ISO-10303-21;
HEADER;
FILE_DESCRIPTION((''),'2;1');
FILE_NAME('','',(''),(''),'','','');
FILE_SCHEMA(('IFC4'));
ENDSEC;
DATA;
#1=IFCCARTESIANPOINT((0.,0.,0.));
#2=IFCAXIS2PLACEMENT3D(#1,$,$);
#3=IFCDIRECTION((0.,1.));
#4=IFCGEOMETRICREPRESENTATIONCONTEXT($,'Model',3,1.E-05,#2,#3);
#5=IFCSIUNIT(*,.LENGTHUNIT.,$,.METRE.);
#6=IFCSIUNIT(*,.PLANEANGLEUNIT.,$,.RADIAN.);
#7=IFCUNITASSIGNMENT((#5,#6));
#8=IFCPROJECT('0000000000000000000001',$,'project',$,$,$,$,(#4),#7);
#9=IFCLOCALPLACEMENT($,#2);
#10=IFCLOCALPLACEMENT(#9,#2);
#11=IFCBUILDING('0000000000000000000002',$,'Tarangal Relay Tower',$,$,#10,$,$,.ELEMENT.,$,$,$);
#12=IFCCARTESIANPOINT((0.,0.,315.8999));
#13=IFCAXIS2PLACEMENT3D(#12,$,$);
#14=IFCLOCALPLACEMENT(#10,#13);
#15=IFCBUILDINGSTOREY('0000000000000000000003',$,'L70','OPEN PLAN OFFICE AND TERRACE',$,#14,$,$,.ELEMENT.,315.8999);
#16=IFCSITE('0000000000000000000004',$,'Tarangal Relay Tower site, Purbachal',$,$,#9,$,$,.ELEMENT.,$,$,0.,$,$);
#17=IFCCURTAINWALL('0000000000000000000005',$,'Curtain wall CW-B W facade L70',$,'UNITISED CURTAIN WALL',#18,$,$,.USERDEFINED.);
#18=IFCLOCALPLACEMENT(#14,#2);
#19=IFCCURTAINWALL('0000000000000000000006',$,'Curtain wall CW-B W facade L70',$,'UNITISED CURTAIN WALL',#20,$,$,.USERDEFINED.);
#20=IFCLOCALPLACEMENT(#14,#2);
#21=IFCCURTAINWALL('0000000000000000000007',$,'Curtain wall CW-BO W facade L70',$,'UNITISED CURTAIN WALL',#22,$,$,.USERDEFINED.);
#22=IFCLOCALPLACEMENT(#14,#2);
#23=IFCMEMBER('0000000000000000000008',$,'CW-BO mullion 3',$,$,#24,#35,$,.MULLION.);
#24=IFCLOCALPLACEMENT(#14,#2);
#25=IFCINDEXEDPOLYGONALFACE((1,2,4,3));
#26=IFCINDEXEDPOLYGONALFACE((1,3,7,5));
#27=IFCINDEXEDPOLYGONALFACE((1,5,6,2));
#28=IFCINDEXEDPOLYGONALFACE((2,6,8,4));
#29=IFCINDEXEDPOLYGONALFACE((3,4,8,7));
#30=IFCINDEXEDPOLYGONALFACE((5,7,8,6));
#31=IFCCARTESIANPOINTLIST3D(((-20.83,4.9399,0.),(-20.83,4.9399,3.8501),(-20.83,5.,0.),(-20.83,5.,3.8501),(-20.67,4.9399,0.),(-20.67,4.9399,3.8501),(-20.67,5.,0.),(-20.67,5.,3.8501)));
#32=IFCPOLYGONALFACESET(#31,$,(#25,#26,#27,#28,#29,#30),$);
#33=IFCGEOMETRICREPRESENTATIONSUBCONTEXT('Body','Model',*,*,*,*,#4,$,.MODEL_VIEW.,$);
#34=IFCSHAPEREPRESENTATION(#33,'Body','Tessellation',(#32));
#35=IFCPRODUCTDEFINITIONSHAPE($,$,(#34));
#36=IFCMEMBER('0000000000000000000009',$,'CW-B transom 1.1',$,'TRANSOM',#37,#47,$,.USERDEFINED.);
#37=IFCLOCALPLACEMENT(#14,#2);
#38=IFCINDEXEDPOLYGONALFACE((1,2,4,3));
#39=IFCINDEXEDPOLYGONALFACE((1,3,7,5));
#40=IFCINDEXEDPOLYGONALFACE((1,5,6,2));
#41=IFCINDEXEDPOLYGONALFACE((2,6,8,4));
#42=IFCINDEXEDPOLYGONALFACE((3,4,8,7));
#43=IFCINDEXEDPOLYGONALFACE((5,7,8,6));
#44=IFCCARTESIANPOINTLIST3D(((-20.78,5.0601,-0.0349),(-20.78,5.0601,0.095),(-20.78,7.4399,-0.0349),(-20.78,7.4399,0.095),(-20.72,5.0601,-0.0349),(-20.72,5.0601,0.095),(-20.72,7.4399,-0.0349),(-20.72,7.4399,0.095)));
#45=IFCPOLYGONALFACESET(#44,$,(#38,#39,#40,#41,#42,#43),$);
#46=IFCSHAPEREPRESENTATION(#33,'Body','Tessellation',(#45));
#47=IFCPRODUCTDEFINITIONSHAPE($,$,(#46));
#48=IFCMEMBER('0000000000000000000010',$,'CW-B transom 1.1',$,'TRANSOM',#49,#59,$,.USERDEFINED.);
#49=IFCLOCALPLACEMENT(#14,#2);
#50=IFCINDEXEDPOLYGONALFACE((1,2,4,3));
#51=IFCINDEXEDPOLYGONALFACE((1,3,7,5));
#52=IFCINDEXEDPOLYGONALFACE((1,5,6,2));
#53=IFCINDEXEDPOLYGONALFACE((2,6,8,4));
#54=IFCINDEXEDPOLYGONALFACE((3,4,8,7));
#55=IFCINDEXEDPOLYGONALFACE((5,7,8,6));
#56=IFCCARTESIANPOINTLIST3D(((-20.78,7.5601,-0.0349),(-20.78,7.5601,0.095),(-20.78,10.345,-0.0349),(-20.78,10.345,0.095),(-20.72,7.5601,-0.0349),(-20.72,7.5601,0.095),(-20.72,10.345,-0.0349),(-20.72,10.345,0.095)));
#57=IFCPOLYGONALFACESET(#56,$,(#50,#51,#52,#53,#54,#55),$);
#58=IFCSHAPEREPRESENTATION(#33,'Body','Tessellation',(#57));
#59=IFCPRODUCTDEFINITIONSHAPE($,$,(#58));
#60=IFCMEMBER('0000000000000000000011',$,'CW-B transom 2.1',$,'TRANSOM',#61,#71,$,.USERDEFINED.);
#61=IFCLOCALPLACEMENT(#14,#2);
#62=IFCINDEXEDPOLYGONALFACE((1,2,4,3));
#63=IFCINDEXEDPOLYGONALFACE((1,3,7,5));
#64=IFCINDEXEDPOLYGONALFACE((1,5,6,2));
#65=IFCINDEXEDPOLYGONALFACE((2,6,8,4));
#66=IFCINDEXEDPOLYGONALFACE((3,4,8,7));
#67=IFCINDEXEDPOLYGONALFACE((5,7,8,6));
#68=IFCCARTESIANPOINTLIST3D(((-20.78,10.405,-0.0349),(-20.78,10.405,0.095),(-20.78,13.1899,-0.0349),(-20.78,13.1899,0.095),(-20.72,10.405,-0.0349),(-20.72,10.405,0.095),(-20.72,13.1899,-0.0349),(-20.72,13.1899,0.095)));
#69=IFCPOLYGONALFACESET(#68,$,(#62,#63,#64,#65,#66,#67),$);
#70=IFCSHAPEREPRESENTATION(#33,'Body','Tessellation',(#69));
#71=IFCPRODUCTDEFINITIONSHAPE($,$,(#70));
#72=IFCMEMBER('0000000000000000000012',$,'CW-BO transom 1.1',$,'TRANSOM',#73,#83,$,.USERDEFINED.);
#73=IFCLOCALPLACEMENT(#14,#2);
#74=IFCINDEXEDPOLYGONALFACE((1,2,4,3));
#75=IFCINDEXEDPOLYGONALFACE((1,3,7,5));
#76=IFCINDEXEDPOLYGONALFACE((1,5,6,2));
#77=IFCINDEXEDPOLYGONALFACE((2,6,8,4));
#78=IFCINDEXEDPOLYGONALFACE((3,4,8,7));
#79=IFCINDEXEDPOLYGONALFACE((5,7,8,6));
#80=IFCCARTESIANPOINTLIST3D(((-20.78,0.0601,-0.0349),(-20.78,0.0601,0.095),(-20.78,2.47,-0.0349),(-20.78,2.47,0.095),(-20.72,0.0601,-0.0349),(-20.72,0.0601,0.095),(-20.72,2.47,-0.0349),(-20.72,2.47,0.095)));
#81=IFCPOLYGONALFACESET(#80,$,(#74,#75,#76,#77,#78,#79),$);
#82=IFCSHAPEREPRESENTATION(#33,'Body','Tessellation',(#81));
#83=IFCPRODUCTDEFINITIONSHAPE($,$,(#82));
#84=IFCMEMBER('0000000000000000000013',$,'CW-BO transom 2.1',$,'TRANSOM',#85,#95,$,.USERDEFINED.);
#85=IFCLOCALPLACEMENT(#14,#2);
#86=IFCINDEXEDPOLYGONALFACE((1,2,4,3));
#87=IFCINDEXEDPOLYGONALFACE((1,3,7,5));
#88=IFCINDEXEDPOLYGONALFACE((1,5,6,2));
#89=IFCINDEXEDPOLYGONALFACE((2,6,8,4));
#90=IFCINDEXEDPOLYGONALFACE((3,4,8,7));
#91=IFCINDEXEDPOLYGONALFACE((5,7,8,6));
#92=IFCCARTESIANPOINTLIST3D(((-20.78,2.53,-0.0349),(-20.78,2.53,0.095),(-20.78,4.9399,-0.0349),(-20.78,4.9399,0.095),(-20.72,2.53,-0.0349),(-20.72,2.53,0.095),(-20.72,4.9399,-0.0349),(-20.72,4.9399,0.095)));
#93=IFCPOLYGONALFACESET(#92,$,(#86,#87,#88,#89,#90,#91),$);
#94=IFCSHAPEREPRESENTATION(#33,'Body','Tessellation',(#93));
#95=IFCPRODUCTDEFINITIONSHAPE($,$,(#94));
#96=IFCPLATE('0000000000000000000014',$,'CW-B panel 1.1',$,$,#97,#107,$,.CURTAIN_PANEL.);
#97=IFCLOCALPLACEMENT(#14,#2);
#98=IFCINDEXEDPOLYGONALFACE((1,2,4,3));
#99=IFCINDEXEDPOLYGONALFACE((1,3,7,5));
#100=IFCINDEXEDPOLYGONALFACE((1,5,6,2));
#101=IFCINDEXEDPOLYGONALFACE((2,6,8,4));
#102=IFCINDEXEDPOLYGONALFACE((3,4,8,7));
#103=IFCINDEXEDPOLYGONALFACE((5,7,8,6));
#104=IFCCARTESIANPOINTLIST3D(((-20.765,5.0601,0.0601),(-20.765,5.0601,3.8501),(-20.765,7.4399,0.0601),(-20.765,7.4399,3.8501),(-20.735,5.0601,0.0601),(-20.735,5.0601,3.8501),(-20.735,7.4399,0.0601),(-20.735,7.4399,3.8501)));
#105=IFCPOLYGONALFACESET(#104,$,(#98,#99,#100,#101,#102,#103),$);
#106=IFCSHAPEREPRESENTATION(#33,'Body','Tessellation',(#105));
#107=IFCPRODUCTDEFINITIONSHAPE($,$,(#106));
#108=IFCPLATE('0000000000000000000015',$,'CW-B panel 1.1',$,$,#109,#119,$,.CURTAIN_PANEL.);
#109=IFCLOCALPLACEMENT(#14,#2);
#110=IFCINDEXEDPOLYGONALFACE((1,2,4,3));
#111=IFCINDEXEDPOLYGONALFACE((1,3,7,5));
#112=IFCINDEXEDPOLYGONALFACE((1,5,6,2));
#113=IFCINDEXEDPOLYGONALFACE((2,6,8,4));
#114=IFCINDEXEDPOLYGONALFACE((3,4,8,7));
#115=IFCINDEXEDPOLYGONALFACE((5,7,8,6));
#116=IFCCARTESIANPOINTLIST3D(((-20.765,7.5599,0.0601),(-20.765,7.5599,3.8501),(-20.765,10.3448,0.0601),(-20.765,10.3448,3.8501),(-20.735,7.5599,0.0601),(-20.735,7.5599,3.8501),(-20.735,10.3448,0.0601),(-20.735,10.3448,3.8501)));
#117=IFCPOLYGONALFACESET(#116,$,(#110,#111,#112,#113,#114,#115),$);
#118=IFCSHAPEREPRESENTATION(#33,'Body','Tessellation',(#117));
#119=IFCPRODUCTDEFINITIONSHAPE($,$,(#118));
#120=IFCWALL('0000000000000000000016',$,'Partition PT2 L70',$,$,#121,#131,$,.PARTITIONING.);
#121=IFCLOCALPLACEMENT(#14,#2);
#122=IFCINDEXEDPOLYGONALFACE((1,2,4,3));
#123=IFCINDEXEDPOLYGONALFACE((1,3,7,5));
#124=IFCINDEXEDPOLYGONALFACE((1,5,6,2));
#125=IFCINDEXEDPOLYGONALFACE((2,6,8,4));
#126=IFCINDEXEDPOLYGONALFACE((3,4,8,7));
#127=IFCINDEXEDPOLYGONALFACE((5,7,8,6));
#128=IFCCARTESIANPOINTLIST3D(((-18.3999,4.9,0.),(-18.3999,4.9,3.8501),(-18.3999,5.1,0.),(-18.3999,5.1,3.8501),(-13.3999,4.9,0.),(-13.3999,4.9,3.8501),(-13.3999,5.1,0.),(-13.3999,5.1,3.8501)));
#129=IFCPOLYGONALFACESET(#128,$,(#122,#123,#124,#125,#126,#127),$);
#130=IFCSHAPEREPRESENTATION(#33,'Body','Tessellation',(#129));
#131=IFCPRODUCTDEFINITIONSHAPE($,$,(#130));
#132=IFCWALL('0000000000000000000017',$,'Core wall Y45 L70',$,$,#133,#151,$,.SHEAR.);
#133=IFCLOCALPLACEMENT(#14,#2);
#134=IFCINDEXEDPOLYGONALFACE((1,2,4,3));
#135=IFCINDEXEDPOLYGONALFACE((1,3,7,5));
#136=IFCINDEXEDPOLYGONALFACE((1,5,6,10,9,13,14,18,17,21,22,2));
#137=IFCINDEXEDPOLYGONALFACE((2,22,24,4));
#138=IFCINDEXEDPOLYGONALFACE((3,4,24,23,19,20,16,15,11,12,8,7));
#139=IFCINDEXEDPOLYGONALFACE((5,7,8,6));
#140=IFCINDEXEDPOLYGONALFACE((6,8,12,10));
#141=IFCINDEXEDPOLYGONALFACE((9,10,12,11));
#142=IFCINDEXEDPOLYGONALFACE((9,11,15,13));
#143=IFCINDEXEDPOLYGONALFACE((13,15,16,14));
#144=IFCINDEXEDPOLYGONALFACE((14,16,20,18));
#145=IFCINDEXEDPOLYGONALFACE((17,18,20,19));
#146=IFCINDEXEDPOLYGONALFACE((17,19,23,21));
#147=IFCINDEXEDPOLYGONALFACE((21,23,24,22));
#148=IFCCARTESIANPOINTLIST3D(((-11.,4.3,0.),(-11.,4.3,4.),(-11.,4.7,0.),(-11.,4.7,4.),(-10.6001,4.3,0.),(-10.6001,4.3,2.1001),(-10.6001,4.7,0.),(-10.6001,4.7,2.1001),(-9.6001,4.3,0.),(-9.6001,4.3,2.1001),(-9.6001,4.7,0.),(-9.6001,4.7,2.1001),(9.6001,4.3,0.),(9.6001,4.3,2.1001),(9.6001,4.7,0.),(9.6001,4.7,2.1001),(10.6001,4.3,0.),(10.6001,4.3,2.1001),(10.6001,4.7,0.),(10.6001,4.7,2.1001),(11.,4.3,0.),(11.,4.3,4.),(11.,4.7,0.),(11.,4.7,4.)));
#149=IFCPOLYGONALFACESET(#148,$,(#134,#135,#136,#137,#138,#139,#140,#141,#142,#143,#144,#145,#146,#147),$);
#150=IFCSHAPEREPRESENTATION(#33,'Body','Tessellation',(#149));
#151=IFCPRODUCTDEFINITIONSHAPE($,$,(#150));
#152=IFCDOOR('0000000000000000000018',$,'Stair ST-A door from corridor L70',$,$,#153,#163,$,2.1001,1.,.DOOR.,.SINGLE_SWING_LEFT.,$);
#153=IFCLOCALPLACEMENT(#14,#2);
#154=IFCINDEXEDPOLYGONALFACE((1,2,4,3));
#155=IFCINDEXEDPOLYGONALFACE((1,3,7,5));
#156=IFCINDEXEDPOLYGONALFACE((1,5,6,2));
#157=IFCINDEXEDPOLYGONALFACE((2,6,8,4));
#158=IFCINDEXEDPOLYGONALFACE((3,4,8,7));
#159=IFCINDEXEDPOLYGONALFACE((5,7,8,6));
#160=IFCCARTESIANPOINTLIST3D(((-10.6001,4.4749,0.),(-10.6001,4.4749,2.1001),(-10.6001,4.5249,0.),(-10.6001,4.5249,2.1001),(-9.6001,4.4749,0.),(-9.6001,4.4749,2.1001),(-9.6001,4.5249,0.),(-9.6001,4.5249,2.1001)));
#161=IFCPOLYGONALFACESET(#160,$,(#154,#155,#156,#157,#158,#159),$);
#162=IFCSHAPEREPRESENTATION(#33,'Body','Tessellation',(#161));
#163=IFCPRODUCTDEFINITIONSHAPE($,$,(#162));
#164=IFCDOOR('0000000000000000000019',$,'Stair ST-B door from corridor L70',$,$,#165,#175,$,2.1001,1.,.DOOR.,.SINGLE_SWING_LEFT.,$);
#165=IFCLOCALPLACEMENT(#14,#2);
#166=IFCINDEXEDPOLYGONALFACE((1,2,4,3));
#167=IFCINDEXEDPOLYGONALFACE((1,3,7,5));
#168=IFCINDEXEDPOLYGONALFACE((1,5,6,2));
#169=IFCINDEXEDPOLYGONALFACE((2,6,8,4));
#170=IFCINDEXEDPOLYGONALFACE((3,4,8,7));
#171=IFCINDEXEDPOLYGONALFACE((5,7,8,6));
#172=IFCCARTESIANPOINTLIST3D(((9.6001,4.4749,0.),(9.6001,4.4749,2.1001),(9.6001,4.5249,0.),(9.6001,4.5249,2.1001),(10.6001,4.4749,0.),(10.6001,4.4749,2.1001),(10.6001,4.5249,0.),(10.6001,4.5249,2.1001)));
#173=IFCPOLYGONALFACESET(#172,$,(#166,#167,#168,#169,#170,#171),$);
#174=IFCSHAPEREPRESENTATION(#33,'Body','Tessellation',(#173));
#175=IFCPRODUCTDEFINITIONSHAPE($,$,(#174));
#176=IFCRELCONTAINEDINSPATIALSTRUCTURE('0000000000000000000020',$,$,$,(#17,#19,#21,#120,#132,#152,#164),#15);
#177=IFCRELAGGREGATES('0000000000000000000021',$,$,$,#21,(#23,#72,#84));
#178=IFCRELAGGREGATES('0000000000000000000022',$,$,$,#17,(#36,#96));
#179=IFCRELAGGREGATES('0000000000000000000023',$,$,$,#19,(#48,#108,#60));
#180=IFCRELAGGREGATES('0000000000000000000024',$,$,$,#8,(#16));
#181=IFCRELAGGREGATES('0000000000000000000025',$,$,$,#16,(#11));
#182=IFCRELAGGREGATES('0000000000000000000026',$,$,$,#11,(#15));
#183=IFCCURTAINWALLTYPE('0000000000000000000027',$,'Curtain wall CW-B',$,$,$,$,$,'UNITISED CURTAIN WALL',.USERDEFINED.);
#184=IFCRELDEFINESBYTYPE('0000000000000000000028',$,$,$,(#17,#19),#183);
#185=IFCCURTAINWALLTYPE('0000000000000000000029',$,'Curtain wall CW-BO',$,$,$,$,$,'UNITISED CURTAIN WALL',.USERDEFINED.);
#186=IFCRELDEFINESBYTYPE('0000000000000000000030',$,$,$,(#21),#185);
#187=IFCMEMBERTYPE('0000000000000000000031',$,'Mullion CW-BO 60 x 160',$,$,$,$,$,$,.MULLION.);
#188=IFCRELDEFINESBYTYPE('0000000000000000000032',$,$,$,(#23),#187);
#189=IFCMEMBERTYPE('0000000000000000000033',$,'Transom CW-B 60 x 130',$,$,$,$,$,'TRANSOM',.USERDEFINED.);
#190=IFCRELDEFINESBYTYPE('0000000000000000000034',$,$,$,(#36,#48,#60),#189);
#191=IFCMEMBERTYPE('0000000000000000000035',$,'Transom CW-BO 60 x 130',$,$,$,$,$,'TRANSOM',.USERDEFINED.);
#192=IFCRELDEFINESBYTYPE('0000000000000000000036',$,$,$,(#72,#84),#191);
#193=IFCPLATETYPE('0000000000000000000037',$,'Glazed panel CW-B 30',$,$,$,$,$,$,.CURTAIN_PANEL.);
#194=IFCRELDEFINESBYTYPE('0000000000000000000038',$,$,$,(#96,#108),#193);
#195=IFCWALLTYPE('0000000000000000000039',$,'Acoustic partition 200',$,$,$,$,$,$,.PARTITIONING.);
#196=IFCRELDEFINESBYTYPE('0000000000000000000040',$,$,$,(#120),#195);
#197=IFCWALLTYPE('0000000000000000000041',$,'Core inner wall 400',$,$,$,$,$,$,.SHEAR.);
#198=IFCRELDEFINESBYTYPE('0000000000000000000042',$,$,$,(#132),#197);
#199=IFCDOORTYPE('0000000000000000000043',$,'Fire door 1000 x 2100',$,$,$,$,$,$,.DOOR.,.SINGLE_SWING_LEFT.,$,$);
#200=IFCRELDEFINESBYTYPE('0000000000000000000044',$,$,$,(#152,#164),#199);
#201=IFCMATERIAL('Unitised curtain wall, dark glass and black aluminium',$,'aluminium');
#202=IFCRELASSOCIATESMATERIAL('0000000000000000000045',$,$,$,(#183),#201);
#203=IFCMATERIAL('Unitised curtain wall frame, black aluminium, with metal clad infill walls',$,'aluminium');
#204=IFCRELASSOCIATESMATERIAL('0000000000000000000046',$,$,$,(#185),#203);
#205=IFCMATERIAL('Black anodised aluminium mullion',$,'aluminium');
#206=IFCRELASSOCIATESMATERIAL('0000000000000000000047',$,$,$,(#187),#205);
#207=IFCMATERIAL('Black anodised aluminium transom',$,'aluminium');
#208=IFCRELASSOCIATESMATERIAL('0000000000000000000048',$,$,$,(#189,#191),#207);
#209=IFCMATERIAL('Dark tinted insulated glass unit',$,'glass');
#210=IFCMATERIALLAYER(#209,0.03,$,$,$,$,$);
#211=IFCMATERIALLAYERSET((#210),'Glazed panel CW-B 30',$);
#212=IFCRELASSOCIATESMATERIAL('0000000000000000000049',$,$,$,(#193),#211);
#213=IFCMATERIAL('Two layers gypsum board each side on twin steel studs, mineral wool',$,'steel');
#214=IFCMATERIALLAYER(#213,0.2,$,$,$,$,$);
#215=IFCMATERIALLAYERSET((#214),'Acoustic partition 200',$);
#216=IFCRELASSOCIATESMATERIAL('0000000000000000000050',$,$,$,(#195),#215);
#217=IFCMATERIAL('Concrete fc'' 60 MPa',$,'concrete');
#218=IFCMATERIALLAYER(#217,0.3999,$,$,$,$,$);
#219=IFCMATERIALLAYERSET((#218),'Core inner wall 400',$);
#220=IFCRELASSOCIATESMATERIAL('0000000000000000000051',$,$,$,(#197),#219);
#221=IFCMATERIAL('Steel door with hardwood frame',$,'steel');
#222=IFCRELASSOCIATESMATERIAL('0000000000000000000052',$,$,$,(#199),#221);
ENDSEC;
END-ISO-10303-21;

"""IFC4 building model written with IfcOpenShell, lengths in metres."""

from ifc_helpers import new_model, si_unit, direction, frame, frame_2d, origin, origin_2d, place, context, subcontext, project, spatial, rectangle, extrude, material, layer, layer_set, material_profile, profile_set, type_object, element, fill, aggregate, save


model = new_model("IFC4")

# Units and contexts
model_context = context("Model", 3, precision=1e-05, world=origin(), true_north=direction((0.0, 1.0)))
body_context = subcontext(model_context, "Body", "Model", "MODEL_VIEW")
ifc_project = project(units=[si_unit("LENGTHUNIT", "METRE"), si_unit("PLANEANGLEUNIT", "RADIAN")], contexts=[model_context])

# Site, building, storey
site_placement = place(None, origin())
site = spatial("IfcSite", under=ifc_project, at=site_placement, Name="Tarangal Relay Tower site, Purbachal", CompositionType="ELEMENT", RefElevation=0.0)
building_placement = place(site_placement, origin())
building = spatial("IfcBuilding", under=site, at=building_placement, Name="Tarangal Relay Tower", CompositionType="ELEMENT")
storey_placement = place(building_placement, frame((0.0, 0.0, 315.8999)))
storey = spatial("IfcBuildingStorey", under=building, at=storey_placement, Name="L70", Description="OPEN PLAN OFFICE AND TERRACE", CompositionType="ELEMENT", Elevation=315.8999)

# Curtain walls, member
ifc_material_1 = material(Name="Unitised curtain wall, dark glass and black aluminium", Category="aluminium")
curtain_wall_type_1 = type_object("IfcCurtainWallType", Name="Curtain wall CW-B", ElementType="UNITISED CURTAIN WALL", PredefinedType="USERDEFINED", material=ifc_material_1)
curtain_wall_1_placement = place(storey_placement, origin())
curtain_wall_1 = element("IfcCurtainWall", 1, at=curtain_wall_1_placement, inside=storey, type_object=curtain_wall_type_1, Name="Curtain wall CW-B W facade L70", ObjectType="UNITISED CURTAIN WALL", PredefinedType="USERDEFINED")
ifc_material_2 = material(Name="Black anodised aluminium mullion", Category="aluminium")
curtain_wall_2_placement = place(storey_placement, origin())
curtain_wall_2 = element("IfcCurtainWall", 2, at=curtain_wall_2_placement, inside=storey, type_object=curtain_wall_type_1, Name="Curtain wall CW-B W facade L70", ObjectType="UNITISED CURTAIN WALL", PredefinedType="USERDEFINED")
ifc_material_3 = material(Name="Unitised curtain wall frame, black aluminium, with metal clad infill walls", Category="aluminium")
curtain_wall_type_2 = type_object("IfcCurtainWallType", Name="Curtain wall CW-BO", ElementType="UNITISED CURTAIN WALL", PredefinedType="USERDEFINED", material=ifc_material_3)
curtain_wall_3_placement = place(storey_placement, origin())
curtain_wall_3 = element("IfcCurtainWall", 3, at=curtain_wall_3_placement, inside=storey, type_object=curtain_wall_type_2, Name="Curtain wall CW-BO W facade L70", ObjectType="UNITISED CURTAIN WALL", PredefinedType="USERDEFINED")
ifc_material_profile_1 = material_profile(ifc_material_2, rectangle(XDim=0.1599, YDim=0.0601, at=origin_2d()), Name="CW-BOM 60X160")
ifc_profile_set_1 = profile_set([ifc_material_profile_1], Name="Black anodised aluminium mullion")
member_type_1 = type_object("IfcMemberType", Name="Mullion CW-BO 60 x 160", PredefinedType="MULLION", material=ifc_profile_set_1)
member_1_placement = place(storey_placement, frame((-20.75, 4.97, 0.0), z_axis=(0.0, 0.0, 1.0), x_axis=(-1.0, 0.0, 0.0)))
member_1 = element("IfcMember", 4, at=member_1_placement, type_object=member_type_1, Name="CW-BO mullion 3", PredefinedType="MULLION", context=body_context, shape_type="SweptSolid", body=[
    extrude(rectangle(XDim=0.1599, YDim=0.0601, at=origin_2d()), origin(), (0.0, 0.0, 1.0), 3.8501),
])

# Members
ifc_material_4 = material(Name="Black anodised aluminium transom", Category="aluminium")
ifc_material_profile_2 = material_profile(ifc_material_4, rectangle(XDim=0.0601, YDim=0.1299, at=origin_2d()), Name="CW-BT 60X130")
ifc_profile_set_2 = profile_set([ifc_material_profile_2], Name="Black anodised aluminium transom")
member_type_2 = type_object("IfcMemberType", Name="Transom CW-B 60 x 130", ElementType="TRANSOM", PredefinedType="USERDEFINED", material=ifc_profile_set_2)
member_2_placement = place(storey_placement, frame((-20.75, 5.0601, 0.03), z_axis=(0.0, 1.0, 0.0), x_axis=(-1.0, 0.0, 0.0)))
member_2 = element("IfcMember", 5, at=member_2_placement, type_object=member_type_2, Name="CW-B transom 1.1", ObjectType="TRANSOM", PredefinedType="USERDEFINED", context=body_context, shape_type="SweptSolid", body=[
    extrude(rectangle(XDim=0.0601, YDim=0.1299, at=origin_2d()), origin(), (0.0, 0.0, 1.0), 2.3799),
])
member_3_placement = place(storey_placement, frame((-20.75, 7.5601, 0.03), z_axis=(0.0, 1.0, 0.0), x_axis=(-1.0, 0.0, 0.0)))
member_3 = element("IfcMember", 6, at=member_3_placement, type_object=member_type_2, Name="CW-B transom 1.1", ObjectType="TRANSOM", PredefinedType="USERDEFINED", context=body_context, shape_type="SweptSolid", body=[
    extrude(rectangle(XDim=0.0601, YDim=0.1299, at=origin_2d()), origin(), (0.0, 0.0, 1.0), 2.7849),
])
member_4_placement = place(storey_placement, frame((-20.75, 10.405, 0.03), z_axis=(0.0, 1.0, 0.0), x_axis=(-1.0, 0.0, 0.0)))
member_4 = element("IfcMember", 7, at=member_4_placement, type_object=member_type_2, Name="CW-B transom 2.1", ObjectType="TRANSOM", PredefinedType="USERDEFINED", context=body_context, shape_type="SweptSolid", body=[
    extrude(rectangle(XDim=0.0601, YDim=0.1299, at=origin_2d()), origin(), (0.0, 0.0, 1.0), 2.7849),
])
ifc_material_profile_3 = material_profile(ifc_material_4, rectangle(XDim=0.0601, YDim=0.1299, at=origin_2d()), Name="CW-BOT 60X130")
ifc_profile_set_3 = profile_set([ifc_material_profile_3], Name="Black anodised aluminium transom")
member_type_3 = type_object("IfcMemberType", Name="Transom CW-BO 60 x 130", ElementType="TRANSOM", PredefinedType="USERDEFINED", material=ifc_profile_set_3)
member_5_placement = place(storey_placement, frame((-20.75, 0.0601, 0.03), z_axis=(0.0, 1.0, 0.0), x_axis=(-1.0, 0.0, 0.0)))
member_5 = element("IfcMember", 8, at=member_5_placement, type_object=member_type_3, Name="CW-BO transom 1.1", ObjectType="TRANSOM", PredefinedType="USERDEFINED", context=body_context, shape_type="SweptSolid", body=[
    extrude(rectangle(XDim=0.0601, YDim=0.1299, at=origin_2d()), origin(), (0.0, 0.0, 1.0), 2.4099),
])
member_6_placement = place(storey_placement, frame((-20.75, 2.53, 0.03), z_axis=(0.0, 1.0, 0.0), x_axis=(-1.0, 0.0, 0.0)))
member_6 = element("IfcMember", 9, at=member_6_placement, type_object=member_type_3, Name="CW-BO transom 2.1", ObjectType="TRANSOM", PredefinedType="USERDEFINED", context=body_context, shape_type="SweptSolid", body=[
    extrude(rectangle(XDim=0.0601, YDim=0.1299, at=origin_2d()), origin(), (0.0, 0.0, 1.0), 2.4099),
])
aggregate(curtain_wall_3, [member_1, member_5, member_6])

# Plates
ifc_material_5 = material(Name="Dark tinted insulated glass unit", Category="glass")
ifc_layer_1 = layer(ifc_material_5, 0.03)
ifc_layer_set_1 = layer_set([ifc_layer_1], Name="Glazed panel CW-B 30")
plate_type = type_object("IfcPlateType", Name="Glazed panel CW-B 30", PredefinedType="CURTAIN_PANEL", material=ifc_layer_set_1)
plate_1_placement = place(storey_placement, frame((-20.75, 6.25, 0.0601), z_axis=(0.0, 0.0, 1.0), x_axis=(0.0, 1.0, 0.0)))
plate_1 = element("IfcPlate", 10, at=plate_1_placement, type_object=plate_type, Name="CW-B panel 1.1", PredefinedType="CURTAIN_PANEL", context=body_context, shape_type="SweptSolid", body=[
    extrude(rectangle(XDim=2.3799, YDim=0.03, at=origin_2d()), origin(), (0.0, 0.0, 1.0), 3.79),
])
aggregate(curtain_wall_1, [member_2, plate_1])
plate_2_placement = place(storey_placement, frame((-20.75, 8.9524, 0.0601), z_axis=(0.0, 0.0, 1.0), x_axis=(0.0, 1.0, 0.0)))
plate_2 = element("IfcPlate", 11, at=plate_2_placement, type_object=plate_type, Name="CW-B panel 1.1", PredefinedType="CURTAIN_PANEL", context=body_context, shape_type="SweptSolid", body=[
    extrude(rectangle(XDim=2.7849, YDim=0.03, at=origin_2d()), origin(), (0.0, 0.0, 1.0), 3.79),
])
aggregate(curtain_wall_2, [member_3, plate_2, member_4])

# Wall
ifc_material_6 = material(Name="Two layers gypsum board each side on twin steel studs, mineral wool", Category="steel")
ifc_layer_2 = layer(ifc_material_6, 0.2)
ifc_layer_set_2 = layer_set([ifc_layer_2], Name="Acoustic partition 200")
wall_type_1 = type_object("IfcWallType", Name="Acoustic partition 200", PredefinedType="PARTITIONING", material=ifc_layer_set_2)
wall_1_placement = place(storey_placement, frame((-18.3999, 5.0, 0.0), z_axis=(0.0, 0.0, 1.0), x_axis=(1.0, 0.0, 0.0)))
element("IfcWall", 12, at=wall_1_placement, inside=storey, type_object=wall_type_1, Name="Partition PT2 L70", PredefinedType="PARTITIONING", context=body_context, shape_type="SweptSolid", body=[
    extrude(rectangle(XDim=5.0, YDim=0.2, at=frame_2d((2.5, 0.0))), origin(), (0.0, 0.0, 1.0), 3.8501),
])

# Wall, openings, doors
ifc_material_7 = material(Name="Concrete fc' 60 MPa", Category="concrete")
ifc_layer_3 = layer(ifc_material_7, 0.3999)
ifc_layer_set_3 = layer_set([ifc_layer_3], Name="Core inner wall 400")
wall_type_2 = type_object("IfcWallType", Name="Core inner wall 400", PredefinedType="SHEAR", material=ifc_layer_set_3)
wall_2_placement = place(storey_placement, frame((-11.0, 4.5, 0.0), z_axis=(0.0, 0.0, 1.0), x_axis=(1.0, 0.0, 0.0)))
wall_2 = element("IfcWall", 13, at=wall_2_placement, inside=storey, type_object=wall_type_2, Name="Core wall Y45 L70", PredefinedType="SHEAR", context=body_context, shape_type="SweptSolid", body=[
    extrude(rectangle(XDim=22.0, YDim=0.3999, at=frame_2d((11.0, 0.0))), origin(), (0.0, 0.0, 1.0), 4.0),
])
opening_1_placement = place(wall_2_placement, frame((0.3999, 0.0, 0.0)))
opening_1 = element("IfcOpeningElement", 14, at=opening_1_placement, cuts=wall_2, PredefinedType="OPENING", context=body_context, shape_type="SweptSolid", body=[
    extrude(rectangle(XDim=1.0, YDim=2.1001, at=frame_2d((0.5, 1.05))), frame((0.0, 0.21, 0.0), z_axis=(0.0, -1.0, 0.0), x_axis=(1.0, 0.0, 0.0)), (0.0, 0.0, 1.0), 0.4199),
])
opening_2_placement = place(wall_2_placement, frame((20.6001, 0.0, 0.0)))
opening_2 = element("IfcOpeningElement", 15, at=opening_2_placement, cuts=wall_2, PredefinedType="OPENING", context=body_context, shape_type="SweptSolid", body=[
    extrude(rectangle(XDim=1.0, YDim=2.1001, at=frame_2d((0.5, 1.05))), frame((0.0, 0.21, 0.0), z_axis=(0.0, -1.0, 0.0), x_axis=(1.0, 0.0, 0.0)), (0.0, 0.0, 1.0), 0.4199),
])
ifc_material_8 = material(Name="Steel door with hardwood frame", Category="steel")
door_type_1 = type_object("IfcDoorType", Name="Fire door 1000 x 2100", OperationType="SINGLE_SWING_LEFT", PredefinedType="DOOR", material=ifc_material_8)
door_1_placement = place(opening_1_placement, origin())
door_1 = element("IfcDoor", 16, at=door_1_placement, inside=storey, type_object=door_type_1, Name="Stair ST-A door from corridor L70", OperationType="SINGLE_SWING_LEFT", OverallHeight=2.1001, OverallWidth=1.0, PredefinedType="DOOR", context=body_context, shape_type="SweptSolid", body=[
    extrude(rectangle(XDim=1.0, YDim=2.1001, at=frame_2d((0.5, 1.05))), frame((0.0, 0.0249, 0.0), z_axis=(0.0, -1.0, 0.0), x_axis=(1.0, 0.0, 0.0)), (0.0, 0.0, 1.0), 0.05),
])
fill(opening_1, door_1)
door_2_placement = place(opening_2_placement, origin())
door_2 = element("IfcDoor", 17, at=door_2_placement, inside=storey, type_object=door_type_1, Name="Stair ST-B door from corridor L70", OperationType="SINGLE_SWING_LEFT", OverallHeight=2.1001, OverallWidth=1.0, PredefinedType="DOOR", context=body_context, shape_type="SweptSolid", body=[
    extrude(rectangle(XDim=1.0, YDim=2.1001, at=frame_2d((0.5, 1.05))), frame((0.0, 0.0249, 0.0), z_axis=(0.0, -1.0, 0.0), x_axis=(1.0, 0.0, 0.0)), (0.0, 0.0, 1.0), 0.05),
])
fill(opening_2, door_2)

save(model, "model.ifc")
